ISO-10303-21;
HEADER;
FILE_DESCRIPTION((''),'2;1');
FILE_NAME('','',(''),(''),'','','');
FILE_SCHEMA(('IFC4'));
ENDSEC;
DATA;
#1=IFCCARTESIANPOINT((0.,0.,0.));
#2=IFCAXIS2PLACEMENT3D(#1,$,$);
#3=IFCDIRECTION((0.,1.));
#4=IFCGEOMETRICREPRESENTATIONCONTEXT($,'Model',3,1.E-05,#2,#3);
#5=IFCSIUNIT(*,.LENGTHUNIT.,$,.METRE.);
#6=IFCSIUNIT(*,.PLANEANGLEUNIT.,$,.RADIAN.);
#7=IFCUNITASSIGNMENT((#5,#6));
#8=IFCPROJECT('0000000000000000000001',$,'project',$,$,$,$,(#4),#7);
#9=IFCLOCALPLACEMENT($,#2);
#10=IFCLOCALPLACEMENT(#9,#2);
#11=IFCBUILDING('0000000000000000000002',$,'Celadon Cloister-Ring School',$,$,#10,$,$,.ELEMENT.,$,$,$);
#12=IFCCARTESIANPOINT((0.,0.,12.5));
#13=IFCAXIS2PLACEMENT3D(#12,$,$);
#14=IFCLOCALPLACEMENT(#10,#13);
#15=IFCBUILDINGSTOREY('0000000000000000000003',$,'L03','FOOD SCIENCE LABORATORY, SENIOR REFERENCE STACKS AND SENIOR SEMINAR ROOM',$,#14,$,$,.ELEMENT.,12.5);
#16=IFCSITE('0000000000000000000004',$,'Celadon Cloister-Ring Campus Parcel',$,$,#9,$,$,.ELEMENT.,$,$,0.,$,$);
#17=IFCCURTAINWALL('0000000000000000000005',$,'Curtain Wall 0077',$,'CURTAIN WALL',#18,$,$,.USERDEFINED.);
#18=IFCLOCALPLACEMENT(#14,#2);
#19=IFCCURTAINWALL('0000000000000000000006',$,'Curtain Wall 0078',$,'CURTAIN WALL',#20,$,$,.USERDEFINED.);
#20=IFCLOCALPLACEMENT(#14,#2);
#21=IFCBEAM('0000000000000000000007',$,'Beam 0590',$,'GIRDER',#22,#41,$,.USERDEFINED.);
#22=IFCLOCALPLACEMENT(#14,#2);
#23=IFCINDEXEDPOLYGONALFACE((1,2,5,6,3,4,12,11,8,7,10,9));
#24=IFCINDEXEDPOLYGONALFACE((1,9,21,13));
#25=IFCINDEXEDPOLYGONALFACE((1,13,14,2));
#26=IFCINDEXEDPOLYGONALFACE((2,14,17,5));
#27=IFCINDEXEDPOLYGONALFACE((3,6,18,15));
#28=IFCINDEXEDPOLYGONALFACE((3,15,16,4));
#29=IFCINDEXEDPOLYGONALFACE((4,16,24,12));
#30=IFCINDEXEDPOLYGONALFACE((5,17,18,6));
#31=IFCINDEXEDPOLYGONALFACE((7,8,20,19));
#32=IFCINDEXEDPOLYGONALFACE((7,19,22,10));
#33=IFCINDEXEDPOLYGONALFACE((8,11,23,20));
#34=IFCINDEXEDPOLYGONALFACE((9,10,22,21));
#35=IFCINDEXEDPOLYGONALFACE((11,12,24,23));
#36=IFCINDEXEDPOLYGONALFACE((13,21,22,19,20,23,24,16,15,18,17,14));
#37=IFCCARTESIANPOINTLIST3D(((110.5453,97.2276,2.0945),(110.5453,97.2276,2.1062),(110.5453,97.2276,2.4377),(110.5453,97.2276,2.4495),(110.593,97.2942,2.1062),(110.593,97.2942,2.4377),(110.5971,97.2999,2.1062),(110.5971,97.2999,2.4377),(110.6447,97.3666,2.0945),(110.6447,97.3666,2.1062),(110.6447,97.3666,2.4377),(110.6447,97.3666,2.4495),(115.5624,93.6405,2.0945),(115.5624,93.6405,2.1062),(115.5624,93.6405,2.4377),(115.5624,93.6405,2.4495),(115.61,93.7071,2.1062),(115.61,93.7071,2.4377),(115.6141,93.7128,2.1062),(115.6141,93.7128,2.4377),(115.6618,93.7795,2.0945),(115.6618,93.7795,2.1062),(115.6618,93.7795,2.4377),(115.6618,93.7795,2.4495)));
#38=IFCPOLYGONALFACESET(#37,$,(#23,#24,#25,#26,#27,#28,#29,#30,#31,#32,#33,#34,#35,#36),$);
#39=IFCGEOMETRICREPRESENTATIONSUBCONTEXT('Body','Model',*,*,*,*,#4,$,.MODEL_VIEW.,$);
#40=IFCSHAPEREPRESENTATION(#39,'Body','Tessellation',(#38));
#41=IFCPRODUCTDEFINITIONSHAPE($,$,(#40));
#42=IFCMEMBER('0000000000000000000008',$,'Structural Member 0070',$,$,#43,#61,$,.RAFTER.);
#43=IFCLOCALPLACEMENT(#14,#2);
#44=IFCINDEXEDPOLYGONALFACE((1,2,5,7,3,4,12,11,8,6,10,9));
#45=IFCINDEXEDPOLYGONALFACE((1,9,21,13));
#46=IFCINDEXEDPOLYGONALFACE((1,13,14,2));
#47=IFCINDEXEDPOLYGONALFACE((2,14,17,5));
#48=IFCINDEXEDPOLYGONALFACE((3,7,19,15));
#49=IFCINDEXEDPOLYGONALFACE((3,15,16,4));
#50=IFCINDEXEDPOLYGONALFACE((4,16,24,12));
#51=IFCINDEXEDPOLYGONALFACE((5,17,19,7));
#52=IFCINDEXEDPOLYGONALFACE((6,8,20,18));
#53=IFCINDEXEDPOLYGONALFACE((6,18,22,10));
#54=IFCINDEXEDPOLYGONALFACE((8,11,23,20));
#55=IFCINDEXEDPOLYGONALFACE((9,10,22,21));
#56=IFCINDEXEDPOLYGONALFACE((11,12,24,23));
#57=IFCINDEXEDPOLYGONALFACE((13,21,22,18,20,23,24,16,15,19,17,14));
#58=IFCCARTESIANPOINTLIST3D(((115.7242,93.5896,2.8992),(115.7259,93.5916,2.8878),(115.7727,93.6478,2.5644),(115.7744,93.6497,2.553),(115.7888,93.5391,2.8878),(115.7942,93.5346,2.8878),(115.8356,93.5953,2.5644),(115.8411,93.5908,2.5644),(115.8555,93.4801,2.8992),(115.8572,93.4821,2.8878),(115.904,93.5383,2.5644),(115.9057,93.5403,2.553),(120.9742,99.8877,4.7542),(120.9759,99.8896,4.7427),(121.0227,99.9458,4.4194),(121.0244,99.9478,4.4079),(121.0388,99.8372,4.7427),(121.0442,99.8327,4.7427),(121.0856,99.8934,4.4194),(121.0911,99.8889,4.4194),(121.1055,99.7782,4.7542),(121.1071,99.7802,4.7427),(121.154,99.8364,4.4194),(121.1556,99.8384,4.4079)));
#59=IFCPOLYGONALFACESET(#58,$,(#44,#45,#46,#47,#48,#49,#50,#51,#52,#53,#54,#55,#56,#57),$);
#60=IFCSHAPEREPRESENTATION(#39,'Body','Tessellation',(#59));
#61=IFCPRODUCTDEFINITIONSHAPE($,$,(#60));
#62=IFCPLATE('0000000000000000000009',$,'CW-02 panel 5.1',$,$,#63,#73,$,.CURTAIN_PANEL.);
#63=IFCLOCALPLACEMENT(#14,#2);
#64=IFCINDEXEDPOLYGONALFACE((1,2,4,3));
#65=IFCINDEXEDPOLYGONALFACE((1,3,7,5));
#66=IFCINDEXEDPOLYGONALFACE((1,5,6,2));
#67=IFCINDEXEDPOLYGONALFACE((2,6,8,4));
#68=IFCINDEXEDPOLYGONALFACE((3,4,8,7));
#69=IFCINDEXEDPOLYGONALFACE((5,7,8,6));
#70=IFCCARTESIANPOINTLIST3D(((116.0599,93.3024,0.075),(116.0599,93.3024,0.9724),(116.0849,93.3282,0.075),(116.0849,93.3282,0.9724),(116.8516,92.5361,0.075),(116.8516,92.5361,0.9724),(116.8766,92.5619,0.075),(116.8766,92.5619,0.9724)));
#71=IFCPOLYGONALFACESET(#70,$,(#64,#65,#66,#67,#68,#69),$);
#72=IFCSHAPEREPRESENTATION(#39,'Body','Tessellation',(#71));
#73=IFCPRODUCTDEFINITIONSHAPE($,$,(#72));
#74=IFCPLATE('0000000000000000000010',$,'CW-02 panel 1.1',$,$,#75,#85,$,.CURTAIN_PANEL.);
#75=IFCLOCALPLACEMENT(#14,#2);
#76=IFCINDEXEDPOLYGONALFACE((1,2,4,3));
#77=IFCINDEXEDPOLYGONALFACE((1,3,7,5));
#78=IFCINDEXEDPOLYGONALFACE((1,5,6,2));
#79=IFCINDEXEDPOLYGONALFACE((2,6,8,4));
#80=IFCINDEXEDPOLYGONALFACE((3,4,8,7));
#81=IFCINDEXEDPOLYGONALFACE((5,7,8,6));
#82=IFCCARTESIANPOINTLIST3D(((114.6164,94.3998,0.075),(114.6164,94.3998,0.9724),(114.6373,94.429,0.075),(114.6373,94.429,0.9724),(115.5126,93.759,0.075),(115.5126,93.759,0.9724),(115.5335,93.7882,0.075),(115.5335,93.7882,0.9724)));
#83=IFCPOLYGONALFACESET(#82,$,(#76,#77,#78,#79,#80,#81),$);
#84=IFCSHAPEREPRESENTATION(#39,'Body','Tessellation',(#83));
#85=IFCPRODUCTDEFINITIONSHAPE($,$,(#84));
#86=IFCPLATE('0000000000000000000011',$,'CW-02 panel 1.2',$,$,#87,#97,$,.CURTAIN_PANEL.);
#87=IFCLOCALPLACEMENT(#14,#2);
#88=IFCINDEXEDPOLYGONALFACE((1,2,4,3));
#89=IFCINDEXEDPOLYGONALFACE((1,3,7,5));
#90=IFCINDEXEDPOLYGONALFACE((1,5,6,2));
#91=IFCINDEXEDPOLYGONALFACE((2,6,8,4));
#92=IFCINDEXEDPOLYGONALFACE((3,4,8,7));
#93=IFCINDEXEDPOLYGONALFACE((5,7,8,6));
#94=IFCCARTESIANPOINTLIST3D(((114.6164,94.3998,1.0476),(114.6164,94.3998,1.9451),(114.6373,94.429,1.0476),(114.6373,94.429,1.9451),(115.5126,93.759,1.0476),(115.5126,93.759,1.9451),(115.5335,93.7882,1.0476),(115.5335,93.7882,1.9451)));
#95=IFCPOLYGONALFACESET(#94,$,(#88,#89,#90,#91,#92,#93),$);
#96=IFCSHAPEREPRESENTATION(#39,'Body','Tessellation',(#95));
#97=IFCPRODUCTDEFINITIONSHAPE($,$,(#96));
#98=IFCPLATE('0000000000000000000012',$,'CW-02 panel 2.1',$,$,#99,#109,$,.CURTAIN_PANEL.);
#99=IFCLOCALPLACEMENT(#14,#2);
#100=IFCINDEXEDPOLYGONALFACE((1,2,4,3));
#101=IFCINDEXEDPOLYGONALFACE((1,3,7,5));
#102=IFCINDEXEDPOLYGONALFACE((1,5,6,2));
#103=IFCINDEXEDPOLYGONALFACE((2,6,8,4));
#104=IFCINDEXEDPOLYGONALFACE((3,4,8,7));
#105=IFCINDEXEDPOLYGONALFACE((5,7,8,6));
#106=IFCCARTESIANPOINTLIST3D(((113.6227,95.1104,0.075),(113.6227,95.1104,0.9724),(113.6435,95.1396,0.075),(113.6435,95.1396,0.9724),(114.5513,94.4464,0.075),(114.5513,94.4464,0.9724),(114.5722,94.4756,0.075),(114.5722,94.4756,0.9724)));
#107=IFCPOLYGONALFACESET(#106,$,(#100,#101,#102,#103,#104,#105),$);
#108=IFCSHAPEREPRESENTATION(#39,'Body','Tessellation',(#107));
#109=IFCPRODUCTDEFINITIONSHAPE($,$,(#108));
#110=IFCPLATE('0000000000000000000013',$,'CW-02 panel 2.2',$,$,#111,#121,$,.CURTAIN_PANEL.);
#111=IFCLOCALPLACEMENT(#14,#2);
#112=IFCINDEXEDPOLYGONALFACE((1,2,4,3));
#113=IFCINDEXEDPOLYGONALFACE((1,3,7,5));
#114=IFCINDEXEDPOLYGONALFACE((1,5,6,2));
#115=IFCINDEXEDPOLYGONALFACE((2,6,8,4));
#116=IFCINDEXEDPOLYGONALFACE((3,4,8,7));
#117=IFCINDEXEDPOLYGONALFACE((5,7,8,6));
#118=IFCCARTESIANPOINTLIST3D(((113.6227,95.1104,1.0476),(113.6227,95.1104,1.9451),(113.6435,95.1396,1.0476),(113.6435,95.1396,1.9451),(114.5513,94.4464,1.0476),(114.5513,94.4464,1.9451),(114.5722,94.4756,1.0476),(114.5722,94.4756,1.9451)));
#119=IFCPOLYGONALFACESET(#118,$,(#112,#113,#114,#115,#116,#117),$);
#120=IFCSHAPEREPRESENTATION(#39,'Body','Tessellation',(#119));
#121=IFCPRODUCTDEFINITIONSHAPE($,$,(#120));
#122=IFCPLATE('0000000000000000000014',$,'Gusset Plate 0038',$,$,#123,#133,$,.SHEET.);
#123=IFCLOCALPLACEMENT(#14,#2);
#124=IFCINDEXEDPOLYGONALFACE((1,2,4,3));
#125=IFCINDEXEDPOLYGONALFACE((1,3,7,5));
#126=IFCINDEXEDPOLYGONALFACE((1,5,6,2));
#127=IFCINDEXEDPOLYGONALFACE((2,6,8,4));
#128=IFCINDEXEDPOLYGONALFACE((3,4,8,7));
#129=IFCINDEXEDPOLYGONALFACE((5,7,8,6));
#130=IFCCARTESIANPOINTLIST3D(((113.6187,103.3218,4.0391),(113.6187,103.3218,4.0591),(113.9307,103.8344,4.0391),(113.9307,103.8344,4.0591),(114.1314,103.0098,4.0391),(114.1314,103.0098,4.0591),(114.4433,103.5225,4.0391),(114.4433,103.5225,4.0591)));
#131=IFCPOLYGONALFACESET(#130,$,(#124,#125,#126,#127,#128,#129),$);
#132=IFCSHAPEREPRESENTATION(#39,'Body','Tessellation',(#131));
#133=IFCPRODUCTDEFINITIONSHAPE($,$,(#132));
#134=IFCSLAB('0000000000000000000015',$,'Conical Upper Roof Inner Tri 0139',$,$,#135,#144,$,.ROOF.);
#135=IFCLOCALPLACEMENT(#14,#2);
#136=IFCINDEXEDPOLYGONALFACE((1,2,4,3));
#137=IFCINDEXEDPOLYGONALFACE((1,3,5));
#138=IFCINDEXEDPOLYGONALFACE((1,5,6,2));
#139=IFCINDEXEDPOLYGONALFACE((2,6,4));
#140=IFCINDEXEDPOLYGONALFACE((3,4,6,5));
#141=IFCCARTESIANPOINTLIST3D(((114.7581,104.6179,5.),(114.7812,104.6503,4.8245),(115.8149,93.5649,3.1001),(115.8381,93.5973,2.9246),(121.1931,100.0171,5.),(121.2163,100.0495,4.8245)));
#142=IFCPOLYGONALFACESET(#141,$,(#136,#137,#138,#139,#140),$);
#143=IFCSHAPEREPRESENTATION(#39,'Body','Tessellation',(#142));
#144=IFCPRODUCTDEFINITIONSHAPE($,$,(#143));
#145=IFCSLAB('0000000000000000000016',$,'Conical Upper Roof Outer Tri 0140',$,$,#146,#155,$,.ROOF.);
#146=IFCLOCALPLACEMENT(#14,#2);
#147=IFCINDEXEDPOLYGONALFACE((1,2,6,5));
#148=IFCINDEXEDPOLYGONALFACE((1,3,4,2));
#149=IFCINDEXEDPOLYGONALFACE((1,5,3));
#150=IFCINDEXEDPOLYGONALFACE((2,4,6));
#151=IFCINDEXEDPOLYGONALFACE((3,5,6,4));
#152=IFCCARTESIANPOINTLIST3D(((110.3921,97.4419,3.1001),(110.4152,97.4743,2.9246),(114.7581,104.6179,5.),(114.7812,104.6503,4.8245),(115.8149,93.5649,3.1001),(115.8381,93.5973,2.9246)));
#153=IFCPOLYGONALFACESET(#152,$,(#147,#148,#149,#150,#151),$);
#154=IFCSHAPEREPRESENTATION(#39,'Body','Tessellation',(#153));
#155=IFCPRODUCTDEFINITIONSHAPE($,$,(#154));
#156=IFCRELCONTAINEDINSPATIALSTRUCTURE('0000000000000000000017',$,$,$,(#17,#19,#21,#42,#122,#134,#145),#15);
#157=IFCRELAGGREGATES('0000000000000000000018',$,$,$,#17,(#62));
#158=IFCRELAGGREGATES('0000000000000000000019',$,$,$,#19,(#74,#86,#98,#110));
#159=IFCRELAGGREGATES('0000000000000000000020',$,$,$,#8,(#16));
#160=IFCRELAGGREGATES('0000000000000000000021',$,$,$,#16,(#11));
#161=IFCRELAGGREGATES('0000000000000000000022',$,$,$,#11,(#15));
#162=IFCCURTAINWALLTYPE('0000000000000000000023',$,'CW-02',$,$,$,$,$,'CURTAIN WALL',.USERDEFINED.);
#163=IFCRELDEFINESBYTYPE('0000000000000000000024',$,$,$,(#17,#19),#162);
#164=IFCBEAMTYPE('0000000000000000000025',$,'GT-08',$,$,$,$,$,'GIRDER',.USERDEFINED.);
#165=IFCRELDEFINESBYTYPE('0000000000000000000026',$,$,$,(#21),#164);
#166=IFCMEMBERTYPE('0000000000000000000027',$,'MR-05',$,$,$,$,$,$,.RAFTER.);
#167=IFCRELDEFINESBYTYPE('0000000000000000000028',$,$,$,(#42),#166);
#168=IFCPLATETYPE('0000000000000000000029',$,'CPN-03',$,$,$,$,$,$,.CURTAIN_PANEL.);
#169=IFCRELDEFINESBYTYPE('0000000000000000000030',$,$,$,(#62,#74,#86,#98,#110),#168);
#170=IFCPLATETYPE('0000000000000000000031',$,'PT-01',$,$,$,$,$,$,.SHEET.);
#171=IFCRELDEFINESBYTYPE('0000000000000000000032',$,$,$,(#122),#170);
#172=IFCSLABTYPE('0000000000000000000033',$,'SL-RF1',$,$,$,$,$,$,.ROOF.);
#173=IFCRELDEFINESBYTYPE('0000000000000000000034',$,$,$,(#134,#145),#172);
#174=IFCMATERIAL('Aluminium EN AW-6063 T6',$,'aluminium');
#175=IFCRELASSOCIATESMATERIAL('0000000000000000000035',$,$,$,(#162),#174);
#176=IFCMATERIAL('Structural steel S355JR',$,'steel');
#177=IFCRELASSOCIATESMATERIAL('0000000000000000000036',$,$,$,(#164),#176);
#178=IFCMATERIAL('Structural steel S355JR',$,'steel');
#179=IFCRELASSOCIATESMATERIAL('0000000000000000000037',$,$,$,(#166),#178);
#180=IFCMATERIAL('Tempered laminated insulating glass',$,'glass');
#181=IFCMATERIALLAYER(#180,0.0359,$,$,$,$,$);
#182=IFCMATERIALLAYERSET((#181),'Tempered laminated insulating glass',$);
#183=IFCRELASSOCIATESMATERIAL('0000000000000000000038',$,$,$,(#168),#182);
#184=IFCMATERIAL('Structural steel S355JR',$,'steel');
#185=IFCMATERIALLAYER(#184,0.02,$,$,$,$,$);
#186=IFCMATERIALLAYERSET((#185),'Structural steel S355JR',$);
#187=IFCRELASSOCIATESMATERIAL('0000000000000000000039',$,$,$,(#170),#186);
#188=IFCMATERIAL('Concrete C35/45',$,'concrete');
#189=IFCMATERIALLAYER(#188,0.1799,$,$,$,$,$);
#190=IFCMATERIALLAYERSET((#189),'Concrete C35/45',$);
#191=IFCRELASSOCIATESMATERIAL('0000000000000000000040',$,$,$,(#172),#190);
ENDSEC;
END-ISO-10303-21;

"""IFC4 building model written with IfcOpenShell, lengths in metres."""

from ifc_helpers import new_model, si_unit, direction, frame, origin, origin_2d, place, context, subcontext, project, spatial, polyline, rectangle, i_section, outline, extrude, material, layer, layer_set, material_profile, profile_set, type_object, element, aggregate, save


model = new_model("IFC4")

# Units and contexts
model_context = context("Model", 3, precision=1e-05, world=origin(), true_north=direction((0.0, 1.0)))
body_context = subcontext(model_context, "Body", "Model", "MODEL_VIEW")
ifc_project = project(units=[si_unit("LENGTHUNIT", "METRE"), si_unit("PLANEANGLEUNIT", "RADIAN")], contexts=[model_context])

# Site, building, storey
site_placement = place(None, origin())
site = spatial("IfcSite", under=ifc_project, at=site_placement, Name="Celadon Cloister-Ring Campus Parcel", CompositionType="ELEMENT", RefElevation=0.0)
building_placement = place(site_placement, origin())
building = spatial("IfcBuilding", under=site, at=building_placement, Name="Celadon Cloister-Ring School", CompositionType="ELEMENT")
storey_placement = place(building_placement, frame((0.0, 0.0, 12.5)))
storey = spatial("IfcBuildingStorey", under=building, at=storey_placement, Name="L03", Description="FOOD SCIENCE LABORATORY, SENIOR REFERENCE STACKS AND SENIOR SEMINAR ROOM", CompositionType="ELEMENT", Elevation=12.5)

# Curtain wall
ifc_material_1 = material(Name="Aluminium EN AW-6063 T6", Category="aluminium")
curtain_wall_type = type_object("IfcCurtainWallType", Name="CW-02", ElementType="CURTAIN WALL", PredefinedType="USERDEFINED", material=ifc_material_1)
curtain_wall_1_placement = place(storey_placement, origin())
curtain_wall_1 = element("IfcCurtainWall", 1, at=curtain_wall_1_placement, inside=storey, type_object=curtain_wall_type, Name="Curtain Wall 0077", ObjectType="CURTAIN WALL", PredefinedType="USERDEFINED")

# Curtain wall
curtain_wall_2_placement = place(storey_placement, origin())
curtain_wall_2 = element("IfcCurtainWall", 2, at=curtain_wall_2_placement, inside=storey, type_object=curtain_wall_type, Name="Curtain Wall 0078", ObjectType="CURTAIN WALL", PredefinedType="USERDEFINED")

# Beam
ifc_material_2 = material(Name="Structural steel S355JR", Category="steel")
ifc_material_profile_1 = material_profile(ifc_material_2, i_section(OverallWidth=0.1709, OverallDepth=0.355, WebThickness=0.0071, FlangeThickness=0.0117, at=origin_2d()), Name="W360X51")
ifc_profile_set_1 = profile_set([ifc_material_profile_1], Name="Structural steel S355JR")
beam_type = type_object("IfcBeamType", Name="GT-08", ElementType="GIRDER", PredefinedType="USERDEFINED", material=ifc_profile_set_1)
beam_placement = place(storey_placement, frame((115.6121, 93.71, 2.272), z_axis=(-0.813463, 0.581616, 0.0), x_axis=(-0.581616, -0.813463, 0.0)))
element("IfcBeam", 3, at=beam_placement, inside=storey, type_object=beam_type, Name="Beam 0590", ObjectType="GIRDER", PredefinedType="USERDEFINED", context=body_context, shape_type="SweptSolid", body=[
    extrude(i_section(OverallWidth=0.1709, OverallDepth=0.355, WebThickness=0.0071, FlangeThickness=0.0117, at=origin_2d()), origin(), (0.0, 0.0, 1.0), 6.1675),
])

# Member
ifc_material_3 = material(Name="Structural steel S355JR", Category="steel")
ifc_material_profile_2 = material_profile(ifc_material_3, i_section(OverallWidth=0.1709, OverallDepth=0.355, WebThickness=0.0071, FlangeThickness=0.0117, at=origin_2d()), Name="W360X51")
ifc_profile_set_2 = profile_set([ifc_material_profile_2], Name="Structural steel S355JR")
member_type_1 = type_object("IfcMemberType", Name="MR-05", PredefinedType="RAFTER", material=ifc_profile_set_2)
member_1_placement = place(storey_placement, frame((115.8149, 93.5649, 2.7261), z_axis=(0.624516, 0.749192, 0.22066), x_axis=(-0.768126, 0.640299, 0.0)))
element("IfcMember", 4, at=member_1_placement, inside=storey, type_object=member_type_1, Name="Structural Member 0070", PredefinedType="RAFTER", context=body_context, shape_type="SweptSolid", body=[
    extrude(i_section(OverallWidth=0.1709, OverallDepth=0.355, WebThickness=0.0071, FlangeThickness=0.0117, at=origin_2d()), origin(), (0.0, 0.0, 1.0), 8.4065),
])

# Plates
ifc_material_4 = material(Name="Tempered laminated insulating glass", Category="glass")
ifc_layer_1 = layer(ifc_material_4, 0.0359)
ifc_layer_set_1 = layer_set([ifc_layer_1], Name="Tempered laminated insulating glass")
plate_type_1 = type_object("IfcPlateType", Name="CPN-03", PredefinedType="CURTAIN_PANEL", material=ifc_layer_set_1)
plate_1_placement = place(storey_placement, frame((116.4683, 92.9321, 0.075), z_axis=(0.0, 0.0, 1.0), x_axis=(-0.718552, 0.695473, 0.0)))
plate_1 = element("IfcPlate", 5, at=plate_1_placement, type_object=plate_type_1, Name="CW-02 panel 5.1", PredefinedType="CURTAIN_PANEL", context=body_context, shape_type="SweptSolid", body=[
    extrude(rectangle(XDim=1.1018, YDim=0.0359, at=origin_2d()), origin(), (0.0, 0.0, 1.0), 0.8975),
])
aggregate(curtain_wall_1, [plate_1])
plate_2_placement = place(storey_placement, frame((115.075, 94.094, 0.075), z_axis=(0.0, 0.0, 1.0), x_axis=(-0.813446, 0.581641, 0.0)))
plate_2 = element("IfcPlate", 6, at=plate_2_placement, type_object=plate_type_1, Name="CW-02 panel 1.1", PredefinedType="CURTAIN_PANEL", context=body_context, shape_type="SweptSolid", body=[
    extrude(rectangle(XDim=1.1018, YDim=0.0359, at=origin_2d()), origin(), (0.0, 0.0, 1.0), 0.8975),
])
plate_3_placement = place(storey_placement, frame((115.075, 94.094, 1.0476), z_axis=(0.0, 0.0, 1.0), x_axis=(-0.813446, 0.581641, 0.0)))
plate_3 = element("IfcPlate", 7, at=plate_3_placement, type_object=plate_type_1, Name="CW-02 panel 1.2", PredefinedType="CURTAIN_PANEL", context=body_context, shape_type="SweptSolid", body=[
    extrude(rectangle(XDim=1.1018, YDim=0.0359, at=origin_2d()), origin(), (0.0, 0.0, 1.0), 0.8975),
])
plate_4_placement = place(storey_placement, frame((114.0974, 94.793, 0.075), z_axis=(0.0, 0.0, 1.0), x_axis=(-0.813446, 0.581641, 0.0)))
plate_4 = element("IfcPlate", 8, at=plate_4_placement, type_object=plate_type_1, Name="CW-02 panel 2.1", PredefinedType="CURTAIN_PANEL", context=body_context, shape_type="SweptSolid", body=[
    extrude(rectangle(XDim=1.1416, YDim=0.0359, at=origin_2d()), origin(), (0.0, 0.0, 1.0), 0.8975),
])
plate_5_placement = place(storey_placement, frame((114.0974, 94.793, 1.0476), z_axis=(0.0, 0.0, 1.0), x_axis=(-0.813446, 0.581641, 0.0)))
plate_5 = element("IfcPlate", 9, at=plate_5_placement, type_object=plate_type_1, Name="CW-02 panel 2.2", PredefinedType="CURTAIN_PANEL", context=body_context, shape_type="SweptSolid", body=[
    extrude(rectangle(XDim=1.1416, YDim=0.0359, at=origin_2d()), origin(), (0.0, 0.0, 1.0), 0.8975),
])
aggregate(curtain_wall_2, [plate_2, plate_3, plate_4, plate_5])
ifc_material_5 = material(Name="Structural steel S355JR", Category="steel")
ifc_layer_2 = layer(ifc_material_5, 0.02)
ifc_layer_set_2 = layer_set([ifc_layer_2], Name="Structural steel S355JR")
plate_type_2 = type_object("IfcPlateType", Name="PT-01", PredefinedType="SHEET", material=ifc_layer_set_2)
plate_6_placement = place(storey_placement, frame((114.031, 103.4221, 4.0391), z_axis=(0.0, 0.0, 1.0), x_axis=(0.519817, 0.854277, 0.0)))
element("IfcPlate", 10, at=plate_6_placement, inside=storey, type_object=plate_type_2, Name="Gusset Plate 0038", PredefinedType="SHEET", context=body_context, shape_type="SweptSolid", body=[
    extrude(rectangle(XDim=0.6001, YDim=0.6001, at=origin_2d()), origin(), (0.0, 0.0, 1.0), 0.02),
])

# Slabs
ifc_material_6 = material(Name="Concrete C35/45", Category="concrete")
ifc_layer_3 = layer(ifc_material_6, 0.1799)
ifc_layer_set_3 = layer_set([ifc_layer_3], Name="Concrete C35/45")
slab_type = type_object("IfcSlabType", Name="SL-RF1", PredefinedType="ROOF", material=ifc_layer_set_3)
slab_1_placement = place(storey_placement, frame((115.8149, 93.5649, 3.1001), z_axis=(-0.128646, -0.179934, 0.97523), x_axis=(0.624506, 0.749214, 0.220614)))
element("IfcSlab", 11, at=slab_1_placement, inside=storey, type_object=slab_type, Name="Conical Upper Roof Inner Tri 0139", PredefinedType="ROOF", context=body_context, shape_type="SweptSolid", body=[
    extrude(outline(polyline([(0.0, 0.0), (8.6119, 0.0), (8.0402, 7.8899), (0.0, 0.0)])), origin(), (0.0, 0.0, -1.0), 0.1799),
])
slab_2_placement = place(storey_placement, frame((115.8149, 93.5649, 3.1001), z_axis=(-0.12864, -0.179934, 0.975231), x_axis=(-0.093822, 0.981199, 0.168659)))
element("IfcSlab", 12, at=slab_2_placement, inside=storey, type_object=slab_type, Name="Conical Upper Roof Outer Tri 0140", PredefinedType="ROOF", context=body_context, shape_type="SweptSolid", body=[
    extrude(outline(polyline([(0.0, 0.0), (11.2648, 0.0), (4.3128, 5.0831), (0.0, 0.0)])), origin(), (0.0, 0.0, -1.0), 0.1799),
])

save(model, "model.ifc")
